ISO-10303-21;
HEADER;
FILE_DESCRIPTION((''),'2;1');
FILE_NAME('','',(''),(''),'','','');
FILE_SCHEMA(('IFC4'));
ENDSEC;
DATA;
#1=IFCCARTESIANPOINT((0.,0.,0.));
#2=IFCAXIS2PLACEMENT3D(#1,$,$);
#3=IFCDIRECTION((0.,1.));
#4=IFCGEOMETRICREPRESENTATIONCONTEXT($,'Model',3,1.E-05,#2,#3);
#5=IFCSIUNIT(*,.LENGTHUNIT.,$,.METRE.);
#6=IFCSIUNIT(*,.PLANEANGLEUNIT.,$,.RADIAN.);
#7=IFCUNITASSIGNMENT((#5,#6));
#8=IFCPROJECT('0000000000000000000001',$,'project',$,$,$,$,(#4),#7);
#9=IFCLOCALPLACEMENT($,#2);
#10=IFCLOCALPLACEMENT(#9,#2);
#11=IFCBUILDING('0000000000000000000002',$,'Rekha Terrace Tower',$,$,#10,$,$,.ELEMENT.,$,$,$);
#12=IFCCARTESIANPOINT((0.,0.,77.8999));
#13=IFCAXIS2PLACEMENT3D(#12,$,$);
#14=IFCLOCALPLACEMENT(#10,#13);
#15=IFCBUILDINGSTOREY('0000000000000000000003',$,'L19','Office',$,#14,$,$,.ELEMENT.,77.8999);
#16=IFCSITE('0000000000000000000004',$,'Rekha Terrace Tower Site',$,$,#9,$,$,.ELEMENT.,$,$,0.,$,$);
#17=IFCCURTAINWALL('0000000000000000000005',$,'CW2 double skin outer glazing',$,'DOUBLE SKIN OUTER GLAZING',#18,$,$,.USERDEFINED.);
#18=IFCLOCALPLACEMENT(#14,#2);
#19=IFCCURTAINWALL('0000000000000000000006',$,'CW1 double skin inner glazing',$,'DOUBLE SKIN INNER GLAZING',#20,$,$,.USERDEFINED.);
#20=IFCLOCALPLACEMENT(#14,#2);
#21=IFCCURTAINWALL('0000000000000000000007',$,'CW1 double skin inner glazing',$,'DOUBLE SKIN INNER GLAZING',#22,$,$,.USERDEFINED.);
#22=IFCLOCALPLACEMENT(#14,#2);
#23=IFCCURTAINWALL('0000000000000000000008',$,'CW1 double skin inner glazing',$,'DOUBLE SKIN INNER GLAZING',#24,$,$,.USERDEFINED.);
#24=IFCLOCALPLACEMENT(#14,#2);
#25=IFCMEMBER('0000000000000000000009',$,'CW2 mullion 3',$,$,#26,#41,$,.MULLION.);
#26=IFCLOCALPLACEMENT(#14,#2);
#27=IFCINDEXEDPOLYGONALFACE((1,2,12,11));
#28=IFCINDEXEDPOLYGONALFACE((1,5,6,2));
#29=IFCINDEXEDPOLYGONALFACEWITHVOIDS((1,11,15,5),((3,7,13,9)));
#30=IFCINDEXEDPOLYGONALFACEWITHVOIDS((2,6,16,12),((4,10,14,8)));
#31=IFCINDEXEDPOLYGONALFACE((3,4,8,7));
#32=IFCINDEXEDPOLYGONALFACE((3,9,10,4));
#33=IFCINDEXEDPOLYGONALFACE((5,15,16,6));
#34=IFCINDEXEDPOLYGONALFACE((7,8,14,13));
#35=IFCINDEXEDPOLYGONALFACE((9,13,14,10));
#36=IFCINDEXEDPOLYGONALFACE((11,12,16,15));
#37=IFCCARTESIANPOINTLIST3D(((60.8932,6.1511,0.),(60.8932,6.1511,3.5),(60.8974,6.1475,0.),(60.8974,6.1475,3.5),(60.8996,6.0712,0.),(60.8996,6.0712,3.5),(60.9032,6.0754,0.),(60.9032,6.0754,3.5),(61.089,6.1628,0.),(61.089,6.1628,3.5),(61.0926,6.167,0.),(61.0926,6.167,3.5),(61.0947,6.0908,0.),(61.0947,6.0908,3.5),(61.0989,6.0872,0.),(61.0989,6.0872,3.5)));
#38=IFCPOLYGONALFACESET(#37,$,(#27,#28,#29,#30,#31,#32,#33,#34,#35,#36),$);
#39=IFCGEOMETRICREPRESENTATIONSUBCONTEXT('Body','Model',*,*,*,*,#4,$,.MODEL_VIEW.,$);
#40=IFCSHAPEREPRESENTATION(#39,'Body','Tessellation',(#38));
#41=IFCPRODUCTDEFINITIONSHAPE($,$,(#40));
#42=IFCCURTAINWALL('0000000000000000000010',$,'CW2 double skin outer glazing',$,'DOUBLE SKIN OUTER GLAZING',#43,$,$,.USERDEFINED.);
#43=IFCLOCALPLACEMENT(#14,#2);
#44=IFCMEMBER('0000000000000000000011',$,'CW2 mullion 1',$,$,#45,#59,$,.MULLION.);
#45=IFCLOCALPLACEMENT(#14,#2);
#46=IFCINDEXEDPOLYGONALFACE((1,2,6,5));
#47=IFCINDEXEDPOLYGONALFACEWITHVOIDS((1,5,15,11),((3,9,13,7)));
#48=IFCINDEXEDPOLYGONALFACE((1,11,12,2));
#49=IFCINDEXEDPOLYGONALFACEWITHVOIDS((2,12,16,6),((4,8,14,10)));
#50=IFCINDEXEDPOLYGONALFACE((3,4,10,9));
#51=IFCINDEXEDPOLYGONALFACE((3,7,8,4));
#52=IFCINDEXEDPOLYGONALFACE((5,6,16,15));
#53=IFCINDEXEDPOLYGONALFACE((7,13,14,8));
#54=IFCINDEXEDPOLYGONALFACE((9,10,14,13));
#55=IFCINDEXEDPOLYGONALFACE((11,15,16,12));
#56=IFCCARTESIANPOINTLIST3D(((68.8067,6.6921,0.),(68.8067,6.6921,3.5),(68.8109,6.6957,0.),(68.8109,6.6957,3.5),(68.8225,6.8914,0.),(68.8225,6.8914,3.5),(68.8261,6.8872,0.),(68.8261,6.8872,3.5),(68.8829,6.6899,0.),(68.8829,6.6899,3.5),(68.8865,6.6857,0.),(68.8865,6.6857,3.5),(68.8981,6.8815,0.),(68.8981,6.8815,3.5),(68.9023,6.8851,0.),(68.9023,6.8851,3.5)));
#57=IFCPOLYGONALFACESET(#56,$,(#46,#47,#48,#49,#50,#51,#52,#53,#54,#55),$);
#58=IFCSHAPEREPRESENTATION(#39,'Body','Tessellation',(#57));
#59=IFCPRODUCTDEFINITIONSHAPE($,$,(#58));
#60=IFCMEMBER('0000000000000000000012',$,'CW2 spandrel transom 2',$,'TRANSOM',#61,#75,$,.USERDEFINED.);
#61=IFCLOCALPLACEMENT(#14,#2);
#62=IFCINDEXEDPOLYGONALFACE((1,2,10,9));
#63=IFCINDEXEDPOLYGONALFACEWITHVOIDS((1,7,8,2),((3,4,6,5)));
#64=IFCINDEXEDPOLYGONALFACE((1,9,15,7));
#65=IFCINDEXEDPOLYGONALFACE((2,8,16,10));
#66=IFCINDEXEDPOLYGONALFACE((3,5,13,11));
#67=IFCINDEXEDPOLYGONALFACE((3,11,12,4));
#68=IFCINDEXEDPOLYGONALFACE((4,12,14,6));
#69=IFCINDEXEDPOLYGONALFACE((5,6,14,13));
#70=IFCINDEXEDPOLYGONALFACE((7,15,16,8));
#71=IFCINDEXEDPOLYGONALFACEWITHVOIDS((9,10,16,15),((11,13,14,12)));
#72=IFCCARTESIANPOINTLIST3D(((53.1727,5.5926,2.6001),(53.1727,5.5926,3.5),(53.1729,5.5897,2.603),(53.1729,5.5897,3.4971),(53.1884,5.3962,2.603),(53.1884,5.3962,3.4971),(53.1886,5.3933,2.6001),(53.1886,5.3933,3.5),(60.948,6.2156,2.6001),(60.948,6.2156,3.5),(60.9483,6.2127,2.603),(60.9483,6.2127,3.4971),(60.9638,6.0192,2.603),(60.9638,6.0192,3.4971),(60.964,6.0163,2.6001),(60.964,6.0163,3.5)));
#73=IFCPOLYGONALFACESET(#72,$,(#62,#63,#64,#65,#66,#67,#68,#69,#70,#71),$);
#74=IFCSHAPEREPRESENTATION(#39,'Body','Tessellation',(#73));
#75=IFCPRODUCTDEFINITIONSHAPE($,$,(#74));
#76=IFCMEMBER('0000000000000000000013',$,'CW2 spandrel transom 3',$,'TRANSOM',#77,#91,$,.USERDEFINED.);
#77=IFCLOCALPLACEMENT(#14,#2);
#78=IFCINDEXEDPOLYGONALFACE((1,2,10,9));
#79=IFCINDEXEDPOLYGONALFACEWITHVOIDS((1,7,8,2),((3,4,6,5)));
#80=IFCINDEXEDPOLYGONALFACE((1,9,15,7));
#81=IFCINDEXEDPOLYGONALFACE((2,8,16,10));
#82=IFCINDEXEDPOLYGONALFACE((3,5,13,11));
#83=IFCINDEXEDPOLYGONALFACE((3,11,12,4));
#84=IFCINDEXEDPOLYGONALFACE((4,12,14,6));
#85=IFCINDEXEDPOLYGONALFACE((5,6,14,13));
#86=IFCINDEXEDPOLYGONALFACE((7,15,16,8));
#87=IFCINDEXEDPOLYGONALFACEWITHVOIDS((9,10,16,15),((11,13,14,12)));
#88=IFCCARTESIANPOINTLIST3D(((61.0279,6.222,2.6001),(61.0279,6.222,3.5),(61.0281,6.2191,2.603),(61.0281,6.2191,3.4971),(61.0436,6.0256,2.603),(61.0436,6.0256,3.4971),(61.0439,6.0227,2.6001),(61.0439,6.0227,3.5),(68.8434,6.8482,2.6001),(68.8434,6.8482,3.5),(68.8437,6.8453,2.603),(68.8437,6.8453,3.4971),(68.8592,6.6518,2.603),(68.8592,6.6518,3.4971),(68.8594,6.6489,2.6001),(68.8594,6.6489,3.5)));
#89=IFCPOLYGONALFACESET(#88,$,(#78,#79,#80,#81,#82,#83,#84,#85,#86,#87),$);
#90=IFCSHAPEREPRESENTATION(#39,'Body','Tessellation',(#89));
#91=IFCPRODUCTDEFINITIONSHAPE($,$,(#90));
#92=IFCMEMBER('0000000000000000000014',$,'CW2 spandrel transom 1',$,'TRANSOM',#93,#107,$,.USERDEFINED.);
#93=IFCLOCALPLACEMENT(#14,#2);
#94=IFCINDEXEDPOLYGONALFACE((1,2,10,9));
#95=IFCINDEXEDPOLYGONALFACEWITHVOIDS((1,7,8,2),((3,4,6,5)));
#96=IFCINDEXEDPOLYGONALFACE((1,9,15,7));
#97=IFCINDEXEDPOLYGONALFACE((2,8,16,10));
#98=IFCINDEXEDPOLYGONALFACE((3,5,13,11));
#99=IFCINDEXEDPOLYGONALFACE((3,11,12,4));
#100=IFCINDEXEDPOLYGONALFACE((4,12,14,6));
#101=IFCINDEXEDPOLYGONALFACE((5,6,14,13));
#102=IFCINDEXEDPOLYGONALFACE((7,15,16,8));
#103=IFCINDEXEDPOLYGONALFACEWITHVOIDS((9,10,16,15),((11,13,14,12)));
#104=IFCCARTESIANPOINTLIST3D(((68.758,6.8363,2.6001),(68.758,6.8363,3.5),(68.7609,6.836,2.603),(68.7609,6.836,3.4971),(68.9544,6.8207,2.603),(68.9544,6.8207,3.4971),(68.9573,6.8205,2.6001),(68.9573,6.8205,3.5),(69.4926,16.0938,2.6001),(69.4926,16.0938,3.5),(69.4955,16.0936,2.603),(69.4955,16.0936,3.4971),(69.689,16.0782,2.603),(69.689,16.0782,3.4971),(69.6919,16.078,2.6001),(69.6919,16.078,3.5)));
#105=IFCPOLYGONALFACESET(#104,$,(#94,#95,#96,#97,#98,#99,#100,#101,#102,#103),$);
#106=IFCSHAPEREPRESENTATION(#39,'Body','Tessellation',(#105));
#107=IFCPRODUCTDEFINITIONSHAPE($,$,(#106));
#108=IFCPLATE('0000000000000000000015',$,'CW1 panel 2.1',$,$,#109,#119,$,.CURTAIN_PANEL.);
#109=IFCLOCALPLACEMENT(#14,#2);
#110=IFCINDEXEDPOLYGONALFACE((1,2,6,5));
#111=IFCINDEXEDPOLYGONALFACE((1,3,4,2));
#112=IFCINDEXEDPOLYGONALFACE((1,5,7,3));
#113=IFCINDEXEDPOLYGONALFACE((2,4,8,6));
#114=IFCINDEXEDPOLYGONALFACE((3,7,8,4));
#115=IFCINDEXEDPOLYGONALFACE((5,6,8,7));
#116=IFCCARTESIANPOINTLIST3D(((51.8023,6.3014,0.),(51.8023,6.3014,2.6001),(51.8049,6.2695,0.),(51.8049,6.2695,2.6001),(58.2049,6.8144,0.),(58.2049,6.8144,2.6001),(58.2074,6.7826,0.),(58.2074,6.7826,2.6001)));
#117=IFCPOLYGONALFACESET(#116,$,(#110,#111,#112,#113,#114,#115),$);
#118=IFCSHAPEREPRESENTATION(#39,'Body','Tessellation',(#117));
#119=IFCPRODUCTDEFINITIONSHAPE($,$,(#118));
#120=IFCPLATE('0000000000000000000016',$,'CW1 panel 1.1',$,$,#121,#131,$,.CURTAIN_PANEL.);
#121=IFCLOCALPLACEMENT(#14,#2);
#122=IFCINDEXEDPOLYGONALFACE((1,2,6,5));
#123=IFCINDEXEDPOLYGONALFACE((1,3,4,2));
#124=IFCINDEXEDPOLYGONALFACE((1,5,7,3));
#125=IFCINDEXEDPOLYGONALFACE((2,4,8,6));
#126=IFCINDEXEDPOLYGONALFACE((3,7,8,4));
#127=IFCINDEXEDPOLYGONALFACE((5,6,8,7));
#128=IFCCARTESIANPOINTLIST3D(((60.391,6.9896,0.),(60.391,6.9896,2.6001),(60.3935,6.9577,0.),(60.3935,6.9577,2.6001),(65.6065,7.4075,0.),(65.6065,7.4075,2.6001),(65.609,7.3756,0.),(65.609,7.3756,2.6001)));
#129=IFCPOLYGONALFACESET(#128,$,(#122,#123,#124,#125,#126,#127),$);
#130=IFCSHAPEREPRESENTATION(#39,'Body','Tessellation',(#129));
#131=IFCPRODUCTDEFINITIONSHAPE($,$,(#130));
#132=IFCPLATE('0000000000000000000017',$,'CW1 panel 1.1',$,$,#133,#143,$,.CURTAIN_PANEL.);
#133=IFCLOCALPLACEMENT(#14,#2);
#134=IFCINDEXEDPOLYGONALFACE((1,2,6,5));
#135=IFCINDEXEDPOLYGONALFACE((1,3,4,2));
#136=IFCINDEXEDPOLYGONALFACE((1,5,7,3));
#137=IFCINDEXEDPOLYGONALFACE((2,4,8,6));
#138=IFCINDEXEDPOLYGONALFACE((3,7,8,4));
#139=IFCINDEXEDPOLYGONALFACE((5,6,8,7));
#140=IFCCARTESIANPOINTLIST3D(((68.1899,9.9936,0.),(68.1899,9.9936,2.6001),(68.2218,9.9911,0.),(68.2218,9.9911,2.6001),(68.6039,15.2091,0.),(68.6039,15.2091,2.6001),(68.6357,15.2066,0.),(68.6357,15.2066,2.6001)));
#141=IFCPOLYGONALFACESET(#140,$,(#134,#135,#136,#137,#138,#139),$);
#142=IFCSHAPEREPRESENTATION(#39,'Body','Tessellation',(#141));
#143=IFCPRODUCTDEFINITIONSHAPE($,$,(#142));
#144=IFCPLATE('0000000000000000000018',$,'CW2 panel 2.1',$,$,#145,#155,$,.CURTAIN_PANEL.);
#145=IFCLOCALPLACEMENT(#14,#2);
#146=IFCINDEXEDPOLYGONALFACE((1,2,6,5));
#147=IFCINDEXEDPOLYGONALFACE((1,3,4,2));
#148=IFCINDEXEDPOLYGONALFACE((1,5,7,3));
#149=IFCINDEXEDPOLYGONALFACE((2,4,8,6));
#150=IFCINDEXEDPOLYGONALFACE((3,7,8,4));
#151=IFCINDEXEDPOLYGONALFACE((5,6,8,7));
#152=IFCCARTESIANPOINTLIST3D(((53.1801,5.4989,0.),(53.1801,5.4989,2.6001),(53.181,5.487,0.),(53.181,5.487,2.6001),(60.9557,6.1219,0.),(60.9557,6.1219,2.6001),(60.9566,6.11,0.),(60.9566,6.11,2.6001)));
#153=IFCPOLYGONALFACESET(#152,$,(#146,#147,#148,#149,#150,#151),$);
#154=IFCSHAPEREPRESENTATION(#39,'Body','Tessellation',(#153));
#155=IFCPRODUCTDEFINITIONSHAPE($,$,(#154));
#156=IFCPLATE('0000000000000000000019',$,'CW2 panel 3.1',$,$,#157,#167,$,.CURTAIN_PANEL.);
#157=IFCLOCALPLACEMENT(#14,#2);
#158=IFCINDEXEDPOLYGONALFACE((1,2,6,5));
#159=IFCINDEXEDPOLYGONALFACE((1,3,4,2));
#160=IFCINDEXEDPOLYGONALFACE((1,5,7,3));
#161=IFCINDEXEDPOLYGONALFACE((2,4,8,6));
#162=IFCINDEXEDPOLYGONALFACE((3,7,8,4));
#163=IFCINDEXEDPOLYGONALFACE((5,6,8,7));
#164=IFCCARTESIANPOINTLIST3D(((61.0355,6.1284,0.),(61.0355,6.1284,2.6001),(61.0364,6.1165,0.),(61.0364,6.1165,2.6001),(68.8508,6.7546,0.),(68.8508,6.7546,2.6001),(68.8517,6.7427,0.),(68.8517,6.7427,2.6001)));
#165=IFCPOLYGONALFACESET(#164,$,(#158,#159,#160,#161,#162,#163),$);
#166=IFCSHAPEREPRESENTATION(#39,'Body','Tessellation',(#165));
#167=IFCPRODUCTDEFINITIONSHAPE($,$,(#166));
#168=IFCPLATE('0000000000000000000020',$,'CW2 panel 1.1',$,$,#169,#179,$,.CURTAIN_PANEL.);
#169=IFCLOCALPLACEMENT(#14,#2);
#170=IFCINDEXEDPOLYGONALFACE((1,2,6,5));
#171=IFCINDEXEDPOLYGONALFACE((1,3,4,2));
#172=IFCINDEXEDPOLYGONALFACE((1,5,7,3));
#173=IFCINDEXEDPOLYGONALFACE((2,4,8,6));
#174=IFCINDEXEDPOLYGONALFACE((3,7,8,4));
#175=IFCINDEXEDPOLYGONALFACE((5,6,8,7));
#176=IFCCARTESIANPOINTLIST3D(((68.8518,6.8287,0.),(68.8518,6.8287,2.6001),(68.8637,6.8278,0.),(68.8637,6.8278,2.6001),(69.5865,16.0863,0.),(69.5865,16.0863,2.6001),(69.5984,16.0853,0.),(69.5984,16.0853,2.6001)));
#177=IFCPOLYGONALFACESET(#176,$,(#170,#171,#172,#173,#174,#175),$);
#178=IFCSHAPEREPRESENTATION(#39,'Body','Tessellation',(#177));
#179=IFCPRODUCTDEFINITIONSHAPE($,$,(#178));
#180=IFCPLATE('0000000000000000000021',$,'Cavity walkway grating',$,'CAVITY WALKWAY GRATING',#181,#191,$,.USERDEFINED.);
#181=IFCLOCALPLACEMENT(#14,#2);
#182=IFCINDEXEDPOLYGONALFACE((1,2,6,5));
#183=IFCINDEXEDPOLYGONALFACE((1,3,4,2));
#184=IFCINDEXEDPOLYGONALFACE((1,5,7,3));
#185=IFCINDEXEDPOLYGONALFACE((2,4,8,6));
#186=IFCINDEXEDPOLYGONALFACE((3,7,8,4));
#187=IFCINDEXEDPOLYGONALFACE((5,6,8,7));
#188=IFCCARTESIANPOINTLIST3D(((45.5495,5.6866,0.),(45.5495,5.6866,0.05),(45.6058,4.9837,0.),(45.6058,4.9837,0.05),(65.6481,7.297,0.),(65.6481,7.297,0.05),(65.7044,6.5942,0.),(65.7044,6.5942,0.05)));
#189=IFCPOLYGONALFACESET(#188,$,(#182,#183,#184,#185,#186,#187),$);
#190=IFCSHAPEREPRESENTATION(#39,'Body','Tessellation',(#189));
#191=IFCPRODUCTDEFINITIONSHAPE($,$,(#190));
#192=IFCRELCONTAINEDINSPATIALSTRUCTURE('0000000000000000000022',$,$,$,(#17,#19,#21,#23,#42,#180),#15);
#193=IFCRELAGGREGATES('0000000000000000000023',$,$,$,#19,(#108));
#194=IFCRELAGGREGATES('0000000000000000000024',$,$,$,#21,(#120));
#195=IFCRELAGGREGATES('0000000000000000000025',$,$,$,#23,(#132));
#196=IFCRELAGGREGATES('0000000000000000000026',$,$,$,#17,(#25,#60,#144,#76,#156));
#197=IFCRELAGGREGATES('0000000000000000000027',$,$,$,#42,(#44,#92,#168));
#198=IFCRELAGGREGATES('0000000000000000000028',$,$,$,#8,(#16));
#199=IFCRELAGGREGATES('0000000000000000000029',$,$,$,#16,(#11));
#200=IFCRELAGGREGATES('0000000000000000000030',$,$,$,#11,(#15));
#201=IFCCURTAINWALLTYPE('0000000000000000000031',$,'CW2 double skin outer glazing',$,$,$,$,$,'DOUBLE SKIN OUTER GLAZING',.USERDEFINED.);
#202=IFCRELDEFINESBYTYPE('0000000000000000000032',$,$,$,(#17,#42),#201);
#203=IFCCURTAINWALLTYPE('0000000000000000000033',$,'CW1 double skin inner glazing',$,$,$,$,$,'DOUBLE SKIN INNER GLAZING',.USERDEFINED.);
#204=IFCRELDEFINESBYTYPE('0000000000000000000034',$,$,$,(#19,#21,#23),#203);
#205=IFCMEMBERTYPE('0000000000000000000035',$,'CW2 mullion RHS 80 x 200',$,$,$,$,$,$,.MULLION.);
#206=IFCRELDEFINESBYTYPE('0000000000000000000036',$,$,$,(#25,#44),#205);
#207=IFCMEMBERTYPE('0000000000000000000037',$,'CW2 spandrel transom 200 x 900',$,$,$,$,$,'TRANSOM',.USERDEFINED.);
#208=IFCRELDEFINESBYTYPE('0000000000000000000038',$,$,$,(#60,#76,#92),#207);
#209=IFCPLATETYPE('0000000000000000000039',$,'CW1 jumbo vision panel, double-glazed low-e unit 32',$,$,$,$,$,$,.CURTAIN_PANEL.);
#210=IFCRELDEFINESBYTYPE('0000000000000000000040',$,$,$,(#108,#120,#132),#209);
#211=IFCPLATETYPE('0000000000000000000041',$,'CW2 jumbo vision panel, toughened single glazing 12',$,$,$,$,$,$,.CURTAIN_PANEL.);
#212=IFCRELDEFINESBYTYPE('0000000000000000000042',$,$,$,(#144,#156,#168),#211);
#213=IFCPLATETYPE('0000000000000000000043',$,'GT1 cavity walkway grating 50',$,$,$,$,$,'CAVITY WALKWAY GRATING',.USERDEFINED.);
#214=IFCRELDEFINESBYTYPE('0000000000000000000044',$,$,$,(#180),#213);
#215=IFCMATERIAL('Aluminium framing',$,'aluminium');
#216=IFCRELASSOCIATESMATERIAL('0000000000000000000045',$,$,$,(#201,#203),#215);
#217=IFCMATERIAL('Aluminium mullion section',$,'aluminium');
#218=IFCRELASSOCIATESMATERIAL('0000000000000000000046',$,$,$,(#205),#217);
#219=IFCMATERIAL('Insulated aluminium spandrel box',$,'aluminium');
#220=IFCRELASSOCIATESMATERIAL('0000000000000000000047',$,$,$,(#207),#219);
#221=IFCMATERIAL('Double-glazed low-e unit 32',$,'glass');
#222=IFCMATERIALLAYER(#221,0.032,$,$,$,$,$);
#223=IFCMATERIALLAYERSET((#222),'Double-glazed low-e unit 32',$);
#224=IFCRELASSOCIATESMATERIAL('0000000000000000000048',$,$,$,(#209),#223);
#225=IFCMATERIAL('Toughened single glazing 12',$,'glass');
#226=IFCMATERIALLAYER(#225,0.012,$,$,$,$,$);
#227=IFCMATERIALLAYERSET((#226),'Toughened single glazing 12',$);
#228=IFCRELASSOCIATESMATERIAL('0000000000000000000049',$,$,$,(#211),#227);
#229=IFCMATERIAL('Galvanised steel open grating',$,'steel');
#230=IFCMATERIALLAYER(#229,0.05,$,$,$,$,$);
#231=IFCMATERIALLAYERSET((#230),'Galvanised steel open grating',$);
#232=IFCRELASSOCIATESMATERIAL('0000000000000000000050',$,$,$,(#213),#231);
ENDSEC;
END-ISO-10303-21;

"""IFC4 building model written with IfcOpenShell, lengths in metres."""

from ifc_helpers import new_model, si_unit, direction, frame, origin, origin_2d, place, context, subcontext, project, spatial, rectangle, hollow_rectangle, extrude, material, layer, layer_set, material_profile, profile_set, type_object, element, aggregate, save


model = new_model("IFC4")

# Units and contexts
model_context = context("Model", 3, precision=1e-05, world=origin(), true_north=direction((0.0, 1.0)))
body_context = subcontext(model_context, "Body", "Model", "MODEL_VIEW")
ifc_project = project(units=[si_unit("LENGTHUNIT", "METRE"), si_unit("PLANEANGLEUNIT", "RADIAN")], contexts=[model_context])

# Site, building, storey
site_placement = place(None, origin())
site = spatial("IfcSite", under=ifc_project, at=site_placement, Name="Rekha Terrace Tower Site", CompositionType="ELEMENT", RefElevation=0.0)
building_placement = place(site_placement, origin())
building = spatial("IfcBuilding", under=site, at=building_placement, Name="Rekha Terrace Tower", CompositionType="ELEMENT")
storey_placement = place(building_placement, frame((0.0, 0.0, 77.8999)))
storey = spatial("IfcBuildingStorey", under=building, at=storey_placement, Name="L19", Description="Office", CompositionType="ELEMENT", Elevation=77.8999)

# Curtain wall
ifc_material_1 = material(Name="Aluminium framing", Category="aluminium")
curtain_wall_type_1 = type_object("IfcCurtainWallType", Name="CW2 double skin outer glazing", ElementType="DOUBLE SKIN OUTER GLAZING", PredefinedType="USERDEFINED", material=ifc_material_1)
curtain_wall_1_placement = place(storey_placement, origin())
curtain_wall_1 = element("IfcCurtainWall", 1, at=curtain_wall_1_placement, inside=storey, type_object=curtain_wall_type_1, Name="CW2 double skin outer glazing", ObjectType="DOUBLE SKIN OUTER GLAZING", PredefinedType="USERDEFINED")

# Curtain wall
curtain_wall_type_2 = type_object("IfcCurtainWallType", Name="CW1 double skin inner glazing", ElementType="DOUBLE SKIN INNER GLAZING", PredefinedType="USERDEFINED", material=ifc_material_1)
curtain_wall_2_placement = place(storey_placement, origin())
curtain_wall_2 = element("IfcCurtainWall", 2, at=curtain_wall_2_placement, inside=storey, type_object=curtain_wall_type_2, Name="CW1 double skin inner glazing", ObjectType="DOUBLE SKIN INNER GLAZING", PredefinedType="USERDEFINED")
ifc_material_2 = material(Name="Aluminium mullion section", Category="aluminium")

# Curtain wall
curtain_wall_3_placement = place(storey_placement, origin())
curtain_wall_3 = element("IfcCurtainWall", 3, at=curtain_wall_3_placement, inside=storey, type_object=curtain_wall_type_2, Name="CW1 double skin inner glazing", ObjectType="DOUBLE SKIN INNER GLAZING", PredefinedType="USERDEFINED")

# Curtain wall
curtain_wall_4_placement = place(storey_placement, origin())
curtain_wall_4 = element("IfcCurtainWall", 4, at=curtain_wall_4_placement, inside=storey, type_object=curtain_wall_type_2, Name="CW1 double skin inner glazing", ObjectType="DOUBLE SKIN INNER GLAZING", PredefinedType="USERDEFINED")

# Member
ifc_material_3 = material(Name="Insulated aluminium spandrel box", Category="aluminium")
ifc_material_profile_1 = material_profile(ifc_material_2, hollow_rectangle(XDim=0.0801, YDim=0.2, WallThickness=0.0039, at=origin_2d()), Name="AL RHS 80x200")
ifc_profile_set_1 = profile_set([ifc_material_profile_1], Name="Aluminium mullion section")
member_type_1 = type_object("IfcMemberType", Name="CW2 mullion RHS 80 x 200", PredefinedType="MULLION", material=ifc_profile_set_1)
member_1_placement = place(storey_placement, frame((60.9961, 6.1191, 0.0), z_axis=(0.0, 0.0, 1.0), x_axis=(-0.079872, 0.996805, 0.0)))
member_1 = element("IfcMember", 5, at=member_1_placement, type_object=member_type_1, Name="CW2 mullion 3", PredefinedType="MULLION", context=body_context, shape_type="SweptSolid", body=[
    extrude(hollow_rectangle(XDim=0.0801, YDim=0.2, WallThickness=0.0039, at=origin_2d()), origin(), (0.0, 0.0, 1.0), 3.5),
])

# Curtain wall, member
curtain_wall_5_placement = place(storey_placement, origin())
curtain_wall_5 = element("IfcCurtainWall", 6, at=curtain_wall_5_placement, inside=storey, type_object=curtain_wall_type_1, Name="CW2 double skin outer glazing", ObjectType="DOUBLE SKIN OUTER GLAZING", PredefinedType="USERDEFINED")
member_2_placement = place(storey_placement, frame((68.8545, 6.7886, 0.0), z_axis=(0.0, 0.0, 1.0), x_axis=(-0.996865, 0.079116, 0.0)))
member_2 = element("IfcMember", 7, at=member_2_placement, type_object=member_type_1, Name="CW2 mullion 1", PredefinedType="MULLION", context=body_context, shape_type="SweptSolid", body=[
    extrude(hollow_rectangle(XDim=0.0801, YDim=0.2, WallThickness=0.0039, at=origin_2d()), origin(), (0.0, 0.0, 1.0), 3.5),
])

# Members
ifc_material_profile_2 = material_profile(ifc_material_3, hollow_rectangle(XDim=0.2, YDim=0.8999, WallThickness=0.0029, at=origin_2d()), Name="AL SPANDREL BOX 200x900")
ifc_profile_set_2 = profile_set([ifc_material_profile_2], Name="Insulated aluminium spandrel box")
member_type_2 = type_object("IfcMemberType", Name="CW2 spandrel transom 200 x 900", ElementType="TRANSOM", PredefinedType="USERDEFINED", material=ifc_profile_set_2)
member_3_placement = place(storey_placement, frame((53.1807, 5.4929, 3.05), z_axis=(0.996805, 0.079875, 0.0), x_axis=(-0.079875, 0.996805, 0.0)))
member_3 = element("IfcMember", 8, at=member_3_placement, type_object=member_type_2, Name="CW2 spandrel transom 2", ObjectType="TRANSOM", PredefinedType="USERDEFINED", context=body_context, shape_type="SweptSolid", body=[
    extrude(hollow_rectangle(XDim=0.2, YDim=0.8999, WallThickness=0.0029, at=origin_2d()), origin(), (0.0, 0.0, 1.0), 7.8003),
])
member_4_placement = place(storey_placement, frame((61.0359, 6.1223, 3.05), z_axis=(0.996805, 0.07987, 0.0), x_axis=(-0.07987, 0.996805, 0.0)))
member_4 = element("IfcMember", 9, at=member_4_placement, type_object=member_type_2, Name="CW2 spandrel transom 3", ObjectType="TRANSOM", PredefinedType="USERDEFINED", context=body_context, shape_type="SweptSolid", body=[
    extrude(hollow_rectangle(XDim=0.2, YDim=0.8999, WallThickness=0.0029, at=origin_2d()), origin(), (0.0, 0.0, 1.0), 7.8406),
])
member_5_placement = place(storey_placement, frame((68.8577, 6.8284, 3.05), z_axis=(0.079105, 0.996866, 0.0), x_axis=(-0.996866, 0.079105, 0.0)))
member_5 = element("IfcMember", 10, at=member_5_placement, type_object=member_type_2, Name="CW2 spandrel transom 1", ObjectType="TRANSOM", PredefinedType="USERDEFINED", context=body_context, shape_type="SweptSolid", body=[
    extrude(hollow_rectangle(XDim=0.2, YDim=0.8999, WallThickness=0.0029, at=origin_2d()), origin(), (0.0, 0.0, 1.0), 9.2866),
])

# Plates
ifc_material_4 = material(Name="Double-glazed low-e unit 32", Category="glass")
ifc_layer_1 = layer(ifc_material_4, 0.032)
ifc_layer_set_1 = layer_set([ifc_layer_1], Name="Double-glazed low-e unit 32")
plate_type_1 = type_object("IfcPlateType", Name="CW1 jumbo vision panel, double-glazed low-e unit 32", PredefinedType="CURTAIN_PANEL", material=ifc_layer_set_1)
plate_1_placement = place(storey_placement, frame((55.0049, 6.542, 0.0), z_axis=(0.0, 0.0, 1.0), x_axis=(0.996805, 0.079872, 0.0)))
plate_1 = element("IfcPlate", 11, at=plate_1_placement, type_object=plate_type_1, Name="CW1 panel 2.1", PredefinedType="CURTAIN_PANEL", context=body_context, shape_type="SweptSolid", body=[
    extrude(rectangle(XDim=6.4231, YDim=0.032, at=origin_2d()), origin(), (0.0, 0.0, 1.0), 2.6001),
])
aggregate(curtain_wall_2, [plate_1])
plate_2_placement = place(storey_placement, frame((63.0, 7.1826, 0.0), z_axis=(0.0, 0.0, 1.0), x_axis=(0.996805, 0.079872, 0.0)))
plate_2 = element("IfcPlate", 12, at=plate_2_placement, type_object=plate_type_1, Name="CW1 panel 1.1", PredefinedType="CURTAIN_PANEL", context=body_context, shape_type="SweptSolid", body=[
    extrude(rectangle(XDim=5.2322, YDim=0.032, at=origin_2d()), origin(), (0.0, 0.0, 1.0), 2.6001),
])
aggregate(curtain_wall_3, [plate_2])
plate_3_placement = place(storey_placement, frame((68.4128, 12.6001, 0.0), z_axis=(0.0, 0.0, 1.0), x_axis=(0.079116, 0.996865, 0.0)))
plate_3 = element("IfcPlate", 13, at=plate_3_placement, type_object=plate_type_1, Name="CW1 panel 1.1", PredefinedType="CURTAIN_PANEL", context=body_context, shape_type="SweptSolid", body=[
    extrude(rectangle(XDim=5.2319, YDim=0.032, at=origin_2d()), origin(), (0.0, 0.0, 1.0), 2.6001),
])
aggregate(curtain_wall_4, [plate_3])
ifc_material_5 = material(Name="Toughened single glazing 12", Category="glass")
ifc_layer_2 = layer(ifc_material_5, 0.012)
ifc_layer_set_2 = layer_set([ifc_layer_2], Name="Toughened single glazing 12")
plate_type_2 = type_object("IfcPlateType", Name="CW2 jumbo vision panel, toughened single glazing 12", PredefinedType="CURTAIN_PANEL", material=ifc_layer_set_2)
plate_4_placement = place(storey_placement, frame((57.0684, 5.8044, 0.0), z_axis=(0.0, 0.0, 1.0), x_axis=(0.996805, 0.079872, 0.0)))
plate_4 = element("IfcPlate", 14, at=plate_4_placement, type_object=plate_type_2, Name="CW2 panel 2.1", PredefinedType="CURTAIN_PANEL", context=body_context, shape_type="SweptSolid", body=[
    extrude(rectangle(XDim=7.8005, YDim=0.012, at=origin_2d()), origin(), (0.0, 0.0, 1.0), 2.6001),
])
plate_5_placement = place(storey_placement, frame((64.9436, 6.4355, 0.0), z_axis=(0.0, 0.0, 1.0), x_axis=(0.996805, 0.079872, 0.0)))
plate_5 = element("IfcPlate", 15, at=plate_5_placement, type_object=plate_type_2, Name="CW2 panel 3.1", PredefinedType="CURTAIN_PANEL", context=body_context, shape_type="SweptSolid", body=[
    extrude(rectangle(XDim=7.8403, YDim=0.012, at=origin_2d()), origin(), (0.0, 0.0, 1.0), 2.6001),
])
aggregate(curtain_wall_1, [member_1, member_3, plate_4, member_4, plate_5])
plate_6_placement = place(storey_placement, frame((69.2251, 11.457, 0.0), z_axis=(0.0, 0.0, 1.0), x_axis=(0.079116, 0.996865, 0.0)))
plate_6 = element("IfcPlate", 16, at=plate_6_placement, type_object=plate_type_2, Name="CW2 panel 1.1", PredefinedType="CURTAIN_PANEL", context=body_context, shape_type="SweptSolid", body=[
    extrude(rectangle(XDim=9.2866, YDim=0.012, at=origin_2d()), origin(), (0.0, 0.0, 1.0), 2.6001),
])
aggregate(curtain_wall_5, [member_2, member_5, plate_6])
ifc_material_6 = material(Name="Galvanised steel open grating", Category="steel")
ifc_layer_3 = layer(ifc_material_6, 0.05)
ifc_layer_set_3 = layer_set([ifc_layer_3], Name="Galvanised steel open grating")
plate_type_3 = type_object("IfcPlateType", Name="GT1 cavity walkway grating 50", ElementType="CAVITY WALKWAY GRATING", PredefinedType="USERDEFINED", material=ifc_layer_set_3)
plate_7_placement = place(storey_placement, frame((55.627, 6.1404, 0.0), z_axis=(0.0, 0.0, 1.0), x_axis=(0.996805, 0.079872, 0.0)))
element("IfcPlate", 17, at=plate_7_placement, inside=storey, type_object=plate_type_3, Name="Cavity walkway grating", ObjectType="CAVITY WALKWAY GRATING", PredefinedType="USERDEFINED", context=body_context, shape_type="SweptSolid", body=[
    extrude(rectangle(XDim=20.1631, YDim=0.7051, at=origin_2d()), origin(), (0.0, 0.0, 1.0), 0.05),
])

save(model, "model.ifc")
